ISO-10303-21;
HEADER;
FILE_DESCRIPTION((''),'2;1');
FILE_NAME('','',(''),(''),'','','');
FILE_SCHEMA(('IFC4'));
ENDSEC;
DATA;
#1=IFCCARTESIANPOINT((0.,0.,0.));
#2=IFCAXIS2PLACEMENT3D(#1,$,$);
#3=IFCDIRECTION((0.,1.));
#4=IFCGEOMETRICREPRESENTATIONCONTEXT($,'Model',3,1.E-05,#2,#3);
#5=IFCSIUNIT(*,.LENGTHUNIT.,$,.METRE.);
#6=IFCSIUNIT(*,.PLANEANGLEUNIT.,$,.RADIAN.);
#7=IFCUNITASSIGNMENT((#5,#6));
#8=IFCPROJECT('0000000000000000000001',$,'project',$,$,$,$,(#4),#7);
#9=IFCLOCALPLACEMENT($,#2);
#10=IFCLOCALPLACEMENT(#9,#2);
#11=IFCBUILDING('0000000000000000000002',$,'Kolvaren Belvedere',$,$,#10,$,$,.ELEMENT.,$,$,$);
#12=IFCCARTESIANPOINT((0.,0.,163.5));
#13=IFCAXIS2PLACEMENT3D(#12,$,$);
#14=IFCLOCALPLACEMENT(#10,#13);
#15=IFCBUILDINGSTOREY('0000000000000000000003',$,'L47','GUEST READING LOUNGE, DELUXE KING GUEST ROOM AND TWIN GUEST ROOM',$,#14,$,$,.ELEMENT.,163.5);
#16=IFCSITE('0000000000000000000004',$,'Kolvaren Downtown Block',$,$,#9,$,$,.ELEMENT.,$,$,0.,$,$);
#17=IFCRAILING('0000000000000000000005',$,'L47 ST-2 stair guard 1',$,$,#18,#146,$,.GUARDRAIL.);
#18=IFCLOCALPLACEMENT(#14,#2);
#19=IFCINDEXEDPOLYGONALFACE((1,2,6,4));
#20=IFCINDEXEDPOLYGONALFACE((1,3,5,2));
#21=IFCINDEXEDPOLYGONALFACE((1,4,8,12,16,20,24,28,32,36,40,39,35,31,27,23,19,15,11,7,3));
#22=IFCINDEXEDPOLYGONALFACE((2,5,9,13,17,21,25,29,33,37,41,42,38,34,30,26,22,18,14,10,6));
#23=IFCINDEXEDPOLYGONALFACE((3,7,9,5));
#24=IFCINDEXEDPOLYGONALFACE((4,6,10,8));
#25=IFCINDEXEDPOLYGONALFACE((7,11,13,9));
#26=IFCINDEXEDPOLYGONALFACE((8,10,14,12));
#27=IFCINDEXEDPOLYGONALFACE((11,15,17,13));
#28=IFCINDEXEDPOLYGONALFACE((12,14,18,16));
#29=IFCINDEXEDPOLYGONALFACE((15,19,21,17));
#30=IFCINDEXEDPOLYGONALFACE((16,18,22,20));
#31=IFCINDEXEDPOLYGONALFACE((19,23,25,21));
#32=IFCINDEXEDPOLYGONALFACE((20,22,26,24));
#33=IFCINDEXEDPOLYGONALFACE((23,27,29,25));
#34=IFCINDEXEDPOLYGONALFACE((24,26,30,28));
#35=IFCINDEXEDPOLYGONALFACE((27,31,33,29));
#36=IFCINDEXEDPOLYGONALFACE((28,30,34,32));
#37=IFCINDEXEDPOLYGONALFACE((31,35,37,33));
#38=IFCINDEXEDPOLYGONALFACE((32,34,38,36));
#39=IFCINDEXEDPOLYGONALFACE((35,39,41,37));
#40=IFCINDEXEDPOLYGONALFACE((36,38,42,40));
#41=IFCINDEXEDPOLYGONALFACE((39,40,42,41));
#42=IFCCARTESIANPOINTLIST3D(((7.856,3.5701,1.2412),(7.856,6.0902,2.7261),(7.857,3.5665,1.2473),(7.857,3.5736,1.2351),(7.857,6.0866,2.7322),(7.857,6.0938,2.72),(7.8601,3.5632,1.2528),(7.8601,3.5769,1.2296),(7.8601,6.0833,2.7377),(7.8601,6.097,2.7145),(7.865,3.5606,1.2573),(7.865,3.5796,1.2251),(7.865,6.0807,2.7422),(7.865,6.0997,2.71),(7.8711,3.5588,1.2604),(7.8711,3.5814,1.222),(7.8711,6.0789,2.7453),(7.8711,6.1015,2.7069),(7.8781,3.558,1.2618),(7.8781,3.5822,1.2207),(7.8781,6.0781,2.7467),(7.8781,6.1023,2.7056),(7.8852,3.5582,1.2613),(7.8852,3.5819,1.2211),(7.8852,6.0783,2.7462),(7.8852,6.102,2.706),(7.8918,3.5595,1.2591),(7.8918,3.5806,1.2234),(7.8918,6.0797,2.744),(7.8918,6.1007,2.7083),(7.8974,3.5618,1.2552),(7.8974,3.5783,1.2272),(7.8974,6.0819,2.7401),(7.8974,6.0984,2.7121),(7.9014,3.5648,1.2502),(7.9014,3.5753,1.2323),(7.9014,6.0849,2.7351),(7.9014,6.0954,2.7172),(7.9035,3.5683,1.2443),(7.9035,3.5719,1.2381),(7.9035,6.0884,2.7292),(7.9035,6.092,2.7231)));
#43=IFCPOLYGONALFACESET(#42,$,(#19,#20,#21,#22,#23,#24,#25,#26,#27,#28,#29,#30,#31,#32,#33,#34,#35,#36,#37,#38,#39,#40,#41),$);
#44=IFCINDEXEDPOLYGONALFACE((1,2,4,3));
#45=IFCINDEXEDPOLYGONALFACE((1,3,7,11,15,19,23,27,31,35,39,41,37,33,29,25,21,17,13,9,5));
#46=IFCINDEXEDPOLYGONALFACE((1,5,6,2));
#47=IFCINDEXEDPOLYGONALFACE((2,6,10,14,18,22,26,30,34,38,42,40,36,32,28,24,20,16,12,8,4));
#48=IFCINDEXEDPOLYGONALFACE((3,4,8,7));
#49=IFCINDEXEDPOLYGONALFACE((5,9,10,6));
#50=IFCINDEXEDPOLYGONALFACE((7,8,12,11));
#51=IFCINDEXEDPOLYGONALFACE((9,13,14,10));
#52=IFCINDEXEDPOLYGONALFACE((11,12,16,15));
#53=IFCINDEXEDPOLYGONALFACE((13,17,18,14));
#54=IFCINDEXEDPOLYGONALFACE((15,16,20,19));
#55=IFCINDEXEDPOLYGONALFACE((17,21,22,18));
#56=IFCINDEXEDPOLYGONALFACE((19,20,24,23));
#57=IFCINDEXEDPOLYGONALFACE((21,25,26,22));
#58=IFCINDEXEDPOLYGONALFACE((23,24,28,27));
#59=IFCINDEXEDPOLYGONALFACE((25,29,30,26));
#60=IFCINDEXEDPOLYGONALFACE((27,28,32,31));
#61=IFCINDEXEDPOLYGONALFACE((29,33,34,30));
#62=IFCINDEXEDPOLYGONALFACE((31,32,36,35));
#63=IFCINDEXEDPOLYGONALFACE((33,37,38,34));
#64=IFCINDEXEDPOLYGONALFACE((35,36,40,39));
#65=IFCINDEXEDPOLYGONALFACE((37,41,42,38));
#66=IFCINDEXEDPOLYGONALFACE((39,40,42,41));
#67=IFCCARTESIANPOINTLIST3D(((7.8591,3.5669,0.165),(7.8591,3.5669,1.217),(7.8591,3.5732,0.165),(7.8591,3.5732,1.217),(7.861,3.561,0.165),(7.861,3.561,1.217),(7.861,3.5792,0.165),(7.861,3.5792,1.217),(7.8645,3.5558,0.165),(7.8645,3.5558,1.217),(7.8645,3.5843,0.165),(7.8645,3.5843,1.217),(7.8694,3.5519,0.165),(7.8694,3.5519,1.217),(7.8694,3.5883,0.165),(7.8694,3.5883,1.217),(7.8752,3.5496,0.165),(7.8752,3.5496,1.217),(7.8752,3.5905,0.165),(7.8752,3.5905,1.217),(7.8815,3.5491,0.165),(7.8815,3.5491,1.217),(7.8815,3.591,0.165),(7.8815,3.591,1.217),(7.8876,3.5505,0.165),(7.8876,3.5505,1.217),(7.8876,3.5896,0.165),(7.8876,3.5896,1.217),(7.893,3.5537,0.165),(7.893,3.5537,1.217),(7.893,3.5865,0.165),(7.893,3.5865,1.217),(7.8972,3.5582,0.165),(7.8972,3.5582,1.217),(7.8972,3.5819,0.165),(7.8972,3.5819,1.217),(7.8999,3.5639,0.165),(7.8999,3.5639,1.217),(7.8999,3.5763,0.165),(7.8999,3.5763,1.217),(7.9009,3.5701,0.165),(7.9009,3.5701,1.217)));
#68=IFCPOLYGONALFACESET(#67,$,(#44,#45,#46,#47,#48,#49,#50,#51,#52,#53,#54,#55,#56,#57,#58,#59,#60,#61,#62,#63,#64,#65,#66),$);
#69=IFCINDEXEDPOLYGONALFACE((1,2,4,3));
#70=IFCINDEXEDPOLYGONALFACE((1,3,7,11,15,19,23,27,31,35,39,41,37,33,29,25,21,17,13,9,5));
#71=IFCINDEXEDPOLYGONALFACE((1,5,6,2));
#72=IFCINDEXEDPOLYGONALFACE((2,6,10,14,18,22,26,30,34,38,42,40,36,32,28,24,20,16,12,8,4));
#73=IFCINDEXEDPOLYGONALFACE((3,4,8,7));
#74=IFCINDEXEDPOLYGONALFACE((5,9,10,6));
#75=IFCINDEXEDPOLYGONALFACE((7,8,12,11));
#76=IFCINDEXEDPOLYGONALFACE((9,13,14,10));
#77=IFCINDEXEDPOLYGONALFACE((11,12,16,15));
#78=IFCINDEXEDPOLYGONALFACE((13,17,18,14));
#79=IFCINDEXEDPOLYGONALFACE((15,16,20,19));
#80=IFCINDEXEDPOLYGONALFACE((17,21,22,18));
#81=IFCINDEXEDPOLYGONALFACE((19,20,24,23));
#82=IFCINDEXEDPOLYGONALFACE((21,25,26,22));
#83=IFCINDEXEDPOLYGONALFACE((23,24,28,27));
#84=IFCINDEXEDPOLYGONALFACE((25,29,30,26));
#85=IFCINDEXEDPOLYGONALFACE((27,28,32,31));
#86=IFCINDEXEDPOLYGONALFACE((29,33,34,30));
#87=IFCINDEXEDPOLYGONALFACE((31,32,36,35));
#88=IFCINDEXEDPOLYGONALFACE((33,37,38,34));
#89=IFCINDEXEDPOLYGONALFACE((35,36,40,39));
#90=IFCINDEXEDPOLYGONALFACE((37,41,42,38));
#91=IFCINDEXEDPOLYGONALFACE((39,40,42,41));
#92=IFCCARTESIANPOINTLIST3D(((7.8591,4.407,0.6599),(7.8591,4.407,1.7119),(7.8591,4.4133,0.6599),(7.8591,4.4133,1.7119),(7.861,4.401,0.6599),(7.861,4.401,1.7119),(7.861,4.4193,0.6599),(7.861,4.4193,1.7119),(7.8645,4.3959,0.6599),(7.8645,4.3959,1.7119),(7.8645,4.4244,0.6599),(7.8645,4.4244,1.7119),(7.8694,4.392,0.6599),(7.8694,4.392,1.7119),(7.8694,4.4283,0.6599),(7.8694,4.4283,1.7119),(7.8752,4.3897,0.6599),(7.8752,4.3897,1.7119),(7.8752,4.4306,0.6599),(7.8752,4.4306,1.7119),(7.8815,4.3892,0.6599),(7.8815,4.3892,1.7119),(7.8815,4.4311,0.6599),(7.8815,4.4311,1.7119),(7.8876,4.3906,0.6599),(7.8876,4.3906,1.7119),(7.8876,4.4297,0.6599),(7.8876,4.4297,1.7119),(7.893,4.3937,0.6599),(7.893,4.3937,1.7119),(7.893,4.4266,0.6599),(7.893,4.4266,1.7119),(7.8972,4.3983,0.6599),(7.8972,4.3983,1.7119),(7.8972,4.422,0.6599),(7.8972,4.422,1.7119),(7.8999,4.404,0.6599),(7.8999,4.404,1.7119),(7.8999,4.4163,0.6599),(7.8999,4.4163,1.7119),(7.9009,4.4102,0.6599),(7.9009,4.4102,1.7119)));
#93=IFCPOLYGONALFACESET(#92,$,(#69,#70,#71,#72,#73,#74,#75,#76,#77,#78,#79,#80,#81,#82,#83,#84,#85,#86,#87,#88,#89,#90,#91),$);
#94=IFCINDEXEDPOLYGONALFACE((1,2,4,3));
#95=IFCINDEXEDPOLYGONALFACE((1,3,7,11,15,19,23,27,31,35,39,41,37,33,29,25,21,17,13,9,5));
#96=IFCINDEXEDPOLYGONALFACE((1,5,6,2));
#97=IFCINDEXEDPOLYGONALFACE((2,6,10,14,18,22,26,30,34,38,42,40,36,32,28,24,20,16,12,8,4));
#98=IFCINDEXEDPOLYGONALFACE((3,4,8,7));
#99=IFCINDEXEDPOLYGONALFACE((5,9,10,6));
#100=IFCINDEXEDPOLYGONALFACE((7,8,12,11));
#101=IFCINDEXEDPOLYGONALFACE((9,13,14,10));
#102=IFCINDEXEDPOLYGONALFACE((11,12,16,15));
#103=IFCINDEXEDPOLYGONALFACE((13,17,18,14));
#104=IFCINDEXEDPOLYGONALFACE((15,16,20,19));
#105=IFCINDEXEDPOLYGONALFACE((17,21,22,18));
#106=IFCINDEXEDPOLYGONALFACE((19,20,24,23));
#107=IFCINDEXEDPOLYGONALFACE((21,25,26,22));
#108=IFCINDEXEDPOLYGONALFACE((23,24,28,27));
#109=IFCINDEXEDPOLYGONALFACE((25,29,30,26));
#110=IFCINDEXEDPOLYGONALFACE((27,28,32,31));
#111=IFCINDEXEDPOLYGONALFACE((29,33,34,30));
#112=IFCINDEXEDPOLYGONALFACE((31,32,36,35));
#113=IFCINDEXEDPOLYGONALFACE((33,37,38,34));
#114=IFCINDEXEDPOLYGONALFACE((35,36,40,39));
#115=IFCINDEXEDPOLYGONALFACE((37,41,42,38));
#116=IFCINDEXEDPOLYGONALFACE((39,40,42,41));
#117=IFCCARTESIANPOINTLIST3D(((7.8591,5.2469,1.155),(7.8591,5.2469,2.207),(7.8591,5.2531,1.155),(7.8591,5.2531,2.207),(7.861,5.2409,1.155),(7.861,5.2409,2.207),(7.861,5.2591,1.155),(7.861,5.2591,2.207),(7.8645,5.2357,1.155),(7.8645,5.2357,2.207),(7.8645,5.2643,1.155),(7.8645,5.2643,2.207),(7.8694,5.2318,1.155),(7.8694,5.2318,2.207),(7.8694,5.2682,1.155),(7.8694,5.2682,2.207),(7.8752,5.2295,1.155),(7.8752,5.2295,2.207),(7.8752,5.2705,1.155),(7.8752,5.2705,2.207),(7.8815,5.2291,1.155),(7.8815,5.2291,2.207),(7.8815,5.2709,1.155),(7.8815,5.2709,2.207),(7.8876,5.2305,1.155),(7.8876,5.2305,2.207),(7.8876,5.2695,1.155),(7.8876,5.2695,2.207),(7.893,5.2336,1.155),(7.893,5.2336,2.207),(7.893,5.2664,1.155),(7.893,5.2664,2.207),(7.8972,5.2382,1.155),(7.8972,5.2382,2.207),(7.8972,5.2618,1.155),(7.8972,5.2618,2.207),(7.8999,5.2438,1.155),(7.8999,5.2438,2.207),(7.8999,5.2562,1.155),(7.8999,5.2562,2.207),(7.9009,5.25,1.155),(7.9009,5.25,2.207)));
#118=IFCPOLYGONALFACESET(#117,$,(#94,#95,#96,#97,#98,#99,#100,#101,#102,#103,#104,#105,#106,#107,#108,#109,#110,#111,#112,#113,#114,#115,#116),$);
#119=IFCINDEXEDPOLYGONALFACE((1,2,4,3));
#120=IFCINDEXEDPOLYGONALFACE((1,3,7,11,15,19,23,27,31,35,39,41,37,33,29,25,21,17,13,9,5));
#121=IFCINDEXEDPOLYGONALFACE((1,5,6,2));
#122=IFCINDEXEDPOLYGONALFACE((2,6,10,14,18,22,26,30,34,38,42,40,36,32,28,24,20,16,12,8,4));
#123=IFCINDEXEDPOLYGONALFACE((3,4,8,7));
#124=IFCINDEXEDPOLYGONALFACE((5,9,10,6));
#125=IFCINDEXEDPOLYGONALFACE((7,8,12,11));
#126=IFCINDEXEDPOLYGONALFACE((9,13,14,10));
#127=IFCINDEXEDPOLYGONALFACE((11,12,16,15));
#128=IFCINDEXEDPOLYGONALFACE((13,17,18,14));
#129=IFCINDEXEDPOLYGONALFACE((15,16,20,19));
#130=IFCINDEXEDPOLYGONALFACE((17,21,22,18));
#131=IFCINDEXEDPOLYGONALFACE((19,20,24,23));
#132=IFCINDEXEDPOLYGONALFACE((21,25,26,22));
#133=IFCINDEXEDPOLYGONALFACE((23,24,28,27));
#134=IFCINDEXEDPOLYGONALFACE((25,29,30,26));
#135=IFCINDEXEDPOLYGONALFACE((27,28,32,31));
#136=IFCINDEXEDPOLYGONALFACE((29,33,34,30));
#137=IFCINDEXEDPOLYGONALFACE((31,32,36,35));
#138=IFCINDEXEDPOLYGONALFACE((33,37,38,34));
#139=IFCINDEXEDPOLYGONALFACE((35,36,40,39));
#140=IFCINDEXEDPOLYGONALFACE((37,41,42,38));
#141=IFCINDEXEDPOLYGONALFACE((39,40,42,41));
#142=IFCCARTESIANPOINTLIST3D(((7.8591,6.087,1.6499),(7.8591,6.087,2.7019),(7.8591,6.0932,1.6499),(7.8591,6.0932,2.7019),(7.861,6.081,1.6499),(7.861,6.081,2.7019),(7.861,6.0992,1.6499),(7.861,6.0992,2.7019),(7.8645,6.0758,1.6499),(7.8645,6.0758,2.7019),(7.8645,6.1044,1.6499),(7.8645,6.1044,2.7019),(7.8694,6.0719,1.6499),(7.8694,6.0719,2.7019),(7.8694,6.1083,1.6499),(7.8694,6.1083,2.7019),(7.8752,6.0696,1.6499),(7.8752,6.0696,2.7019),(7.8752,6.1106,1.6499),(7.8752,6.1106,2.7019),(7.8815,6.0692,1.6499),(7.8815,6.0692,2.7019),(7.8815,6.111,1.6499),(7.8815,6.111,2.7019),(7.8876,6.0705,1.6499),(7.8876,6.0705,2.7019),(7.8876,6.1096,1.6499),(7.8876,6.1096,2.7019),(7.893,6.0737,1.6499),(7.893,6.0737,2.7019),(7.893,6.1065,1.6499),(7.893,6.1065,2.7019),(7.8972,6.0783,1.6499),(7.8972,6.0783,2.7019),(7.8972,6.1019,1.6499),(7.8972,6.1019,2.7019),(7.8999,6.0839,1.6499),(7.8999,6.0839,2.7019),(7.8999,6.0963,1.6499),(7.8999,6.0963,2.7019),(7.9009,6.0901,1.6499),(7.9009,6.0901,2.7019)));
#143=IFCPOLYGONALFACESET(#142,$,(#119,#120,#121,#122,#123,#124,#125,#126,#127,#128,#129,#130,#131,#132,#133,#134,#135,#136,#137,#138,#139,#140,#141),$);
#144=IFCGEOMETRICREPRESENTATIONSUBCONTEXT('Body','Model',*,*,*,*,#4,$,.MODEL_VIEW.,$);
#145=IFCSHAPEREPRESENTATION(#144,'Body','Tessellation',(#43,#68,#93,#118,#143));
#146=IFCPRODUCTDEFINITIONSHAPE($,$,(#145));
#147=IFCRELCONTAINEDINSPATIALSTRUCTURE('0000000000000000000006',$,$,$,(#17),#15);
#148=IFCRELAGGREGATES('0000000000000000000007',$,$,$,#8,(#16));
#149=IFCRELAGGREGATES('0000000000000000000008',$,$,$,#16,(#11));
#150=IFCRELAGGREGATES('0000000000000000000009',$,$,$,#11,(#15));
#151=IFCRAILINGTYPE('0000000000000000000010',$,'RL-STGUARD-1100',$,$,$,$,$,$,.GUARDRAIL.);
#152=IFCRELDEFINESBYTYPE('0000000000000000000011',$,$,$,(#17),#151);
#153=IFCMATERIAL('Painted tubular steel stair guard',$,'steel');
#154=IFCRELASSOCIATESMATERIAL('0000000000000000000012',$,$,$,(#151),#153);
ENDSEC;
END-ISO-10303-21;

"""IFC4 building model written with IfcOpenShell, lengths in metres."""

from ifc_helpers import new_model, si_unit, direction, frame, origin, origin_2d, place, context, subcontext, project, spatial, circle, extrude, material, type_object, element, save


model = new_model("IFC4")

# Units and contexts
model_context = context("Model", 3, precision=1e-05, world=origin(), true_north=direction((0.0, 1.0)))
body_context = subcontext(model_context, "Body", "Model", "MODEL_VIEW")
ifc_project = project(units=[si_unit("LENGTHUNIT", "METRE"), si_unit("PLANEANGLEUNIT", "RADIAN")], contexts=[model_context])

# Site, building, storey
site_placement = place(None, origin())
site = spatial("IfcSite", under=ifc_project, at=site_placement, Name="Kolvaren Downtown Block", CompositionType="ELEMENT", RefElevation=0.0)
building_placement = place(site_placement, origin())
building = spatial("IfcBuilding", under=site, at=building_placement, Name="Kolvaren Belvedere", CompositionType="ELEMENT")
storey_placement = place(building_placement, frame((0.0, 0.0, 163.5)))
storey = spatial("IfcBuildingStorey", under=building, at=storey_placement, Name="L47", Description="GUEST READING LOUNGE, DELUXE KING GUEST ROOM AND TWIN GUEST ROOM", CompositionType="ELEMENT", Elevation=163.5)

# Railing
ifc_material_1 = material(Name="Painted tubular steel stair guard", Category="steel")
railing_type_1 = type_object("IfcRailingType", Name="RL-STGUARD-1100", PredefinedType="GUARDRAIL", material=ifc_material_1)
railing_1_placement = place(storey_placement, frame((7.8799, 3.5701, 0.165)))
element("IfcRailing", 1, at=railing_1_placement, inside=storey, type_object=railing_type_1, Name="L47 ST-2 stair guard 1", PredefinedType="GUARDRAIL", context=body_context, shape_type="SweptSolid", body=[
    extrude(circle(Radius=0.0239, at=origin_2d()), frame((0.0, 0.0, 1.0762), z_axis=(0.0, 0.861561, 0.507655), x_axis=(-1.0, 0.0, 0.0)), (0.0, 0.0, 1.0), 2.925),
    extrude(circle(Radius=0.021, at=origin_2d()), origin(), (0.0, 0.0, 1.0), 1.052),
    extrude(circle(Radius=0.021, at=origin_2d()), frame((0.0, 0.8401, 0.4949)), (0.0, 0.0, 1.0), 1.052),
    extrude(circle(Radius=0.021, at=origin_2d()), frame((0.0, 1.6799, 0.99)), (0.0, 0.0, 1.0), 1.052),
    extrude(circle(Radius=0.021, at=origin_2d()), frame((0.0, 2.52, 1.4849)), (0.0, 0.0, 1.0), 1.052),
])

save(model, "model.ifc")
